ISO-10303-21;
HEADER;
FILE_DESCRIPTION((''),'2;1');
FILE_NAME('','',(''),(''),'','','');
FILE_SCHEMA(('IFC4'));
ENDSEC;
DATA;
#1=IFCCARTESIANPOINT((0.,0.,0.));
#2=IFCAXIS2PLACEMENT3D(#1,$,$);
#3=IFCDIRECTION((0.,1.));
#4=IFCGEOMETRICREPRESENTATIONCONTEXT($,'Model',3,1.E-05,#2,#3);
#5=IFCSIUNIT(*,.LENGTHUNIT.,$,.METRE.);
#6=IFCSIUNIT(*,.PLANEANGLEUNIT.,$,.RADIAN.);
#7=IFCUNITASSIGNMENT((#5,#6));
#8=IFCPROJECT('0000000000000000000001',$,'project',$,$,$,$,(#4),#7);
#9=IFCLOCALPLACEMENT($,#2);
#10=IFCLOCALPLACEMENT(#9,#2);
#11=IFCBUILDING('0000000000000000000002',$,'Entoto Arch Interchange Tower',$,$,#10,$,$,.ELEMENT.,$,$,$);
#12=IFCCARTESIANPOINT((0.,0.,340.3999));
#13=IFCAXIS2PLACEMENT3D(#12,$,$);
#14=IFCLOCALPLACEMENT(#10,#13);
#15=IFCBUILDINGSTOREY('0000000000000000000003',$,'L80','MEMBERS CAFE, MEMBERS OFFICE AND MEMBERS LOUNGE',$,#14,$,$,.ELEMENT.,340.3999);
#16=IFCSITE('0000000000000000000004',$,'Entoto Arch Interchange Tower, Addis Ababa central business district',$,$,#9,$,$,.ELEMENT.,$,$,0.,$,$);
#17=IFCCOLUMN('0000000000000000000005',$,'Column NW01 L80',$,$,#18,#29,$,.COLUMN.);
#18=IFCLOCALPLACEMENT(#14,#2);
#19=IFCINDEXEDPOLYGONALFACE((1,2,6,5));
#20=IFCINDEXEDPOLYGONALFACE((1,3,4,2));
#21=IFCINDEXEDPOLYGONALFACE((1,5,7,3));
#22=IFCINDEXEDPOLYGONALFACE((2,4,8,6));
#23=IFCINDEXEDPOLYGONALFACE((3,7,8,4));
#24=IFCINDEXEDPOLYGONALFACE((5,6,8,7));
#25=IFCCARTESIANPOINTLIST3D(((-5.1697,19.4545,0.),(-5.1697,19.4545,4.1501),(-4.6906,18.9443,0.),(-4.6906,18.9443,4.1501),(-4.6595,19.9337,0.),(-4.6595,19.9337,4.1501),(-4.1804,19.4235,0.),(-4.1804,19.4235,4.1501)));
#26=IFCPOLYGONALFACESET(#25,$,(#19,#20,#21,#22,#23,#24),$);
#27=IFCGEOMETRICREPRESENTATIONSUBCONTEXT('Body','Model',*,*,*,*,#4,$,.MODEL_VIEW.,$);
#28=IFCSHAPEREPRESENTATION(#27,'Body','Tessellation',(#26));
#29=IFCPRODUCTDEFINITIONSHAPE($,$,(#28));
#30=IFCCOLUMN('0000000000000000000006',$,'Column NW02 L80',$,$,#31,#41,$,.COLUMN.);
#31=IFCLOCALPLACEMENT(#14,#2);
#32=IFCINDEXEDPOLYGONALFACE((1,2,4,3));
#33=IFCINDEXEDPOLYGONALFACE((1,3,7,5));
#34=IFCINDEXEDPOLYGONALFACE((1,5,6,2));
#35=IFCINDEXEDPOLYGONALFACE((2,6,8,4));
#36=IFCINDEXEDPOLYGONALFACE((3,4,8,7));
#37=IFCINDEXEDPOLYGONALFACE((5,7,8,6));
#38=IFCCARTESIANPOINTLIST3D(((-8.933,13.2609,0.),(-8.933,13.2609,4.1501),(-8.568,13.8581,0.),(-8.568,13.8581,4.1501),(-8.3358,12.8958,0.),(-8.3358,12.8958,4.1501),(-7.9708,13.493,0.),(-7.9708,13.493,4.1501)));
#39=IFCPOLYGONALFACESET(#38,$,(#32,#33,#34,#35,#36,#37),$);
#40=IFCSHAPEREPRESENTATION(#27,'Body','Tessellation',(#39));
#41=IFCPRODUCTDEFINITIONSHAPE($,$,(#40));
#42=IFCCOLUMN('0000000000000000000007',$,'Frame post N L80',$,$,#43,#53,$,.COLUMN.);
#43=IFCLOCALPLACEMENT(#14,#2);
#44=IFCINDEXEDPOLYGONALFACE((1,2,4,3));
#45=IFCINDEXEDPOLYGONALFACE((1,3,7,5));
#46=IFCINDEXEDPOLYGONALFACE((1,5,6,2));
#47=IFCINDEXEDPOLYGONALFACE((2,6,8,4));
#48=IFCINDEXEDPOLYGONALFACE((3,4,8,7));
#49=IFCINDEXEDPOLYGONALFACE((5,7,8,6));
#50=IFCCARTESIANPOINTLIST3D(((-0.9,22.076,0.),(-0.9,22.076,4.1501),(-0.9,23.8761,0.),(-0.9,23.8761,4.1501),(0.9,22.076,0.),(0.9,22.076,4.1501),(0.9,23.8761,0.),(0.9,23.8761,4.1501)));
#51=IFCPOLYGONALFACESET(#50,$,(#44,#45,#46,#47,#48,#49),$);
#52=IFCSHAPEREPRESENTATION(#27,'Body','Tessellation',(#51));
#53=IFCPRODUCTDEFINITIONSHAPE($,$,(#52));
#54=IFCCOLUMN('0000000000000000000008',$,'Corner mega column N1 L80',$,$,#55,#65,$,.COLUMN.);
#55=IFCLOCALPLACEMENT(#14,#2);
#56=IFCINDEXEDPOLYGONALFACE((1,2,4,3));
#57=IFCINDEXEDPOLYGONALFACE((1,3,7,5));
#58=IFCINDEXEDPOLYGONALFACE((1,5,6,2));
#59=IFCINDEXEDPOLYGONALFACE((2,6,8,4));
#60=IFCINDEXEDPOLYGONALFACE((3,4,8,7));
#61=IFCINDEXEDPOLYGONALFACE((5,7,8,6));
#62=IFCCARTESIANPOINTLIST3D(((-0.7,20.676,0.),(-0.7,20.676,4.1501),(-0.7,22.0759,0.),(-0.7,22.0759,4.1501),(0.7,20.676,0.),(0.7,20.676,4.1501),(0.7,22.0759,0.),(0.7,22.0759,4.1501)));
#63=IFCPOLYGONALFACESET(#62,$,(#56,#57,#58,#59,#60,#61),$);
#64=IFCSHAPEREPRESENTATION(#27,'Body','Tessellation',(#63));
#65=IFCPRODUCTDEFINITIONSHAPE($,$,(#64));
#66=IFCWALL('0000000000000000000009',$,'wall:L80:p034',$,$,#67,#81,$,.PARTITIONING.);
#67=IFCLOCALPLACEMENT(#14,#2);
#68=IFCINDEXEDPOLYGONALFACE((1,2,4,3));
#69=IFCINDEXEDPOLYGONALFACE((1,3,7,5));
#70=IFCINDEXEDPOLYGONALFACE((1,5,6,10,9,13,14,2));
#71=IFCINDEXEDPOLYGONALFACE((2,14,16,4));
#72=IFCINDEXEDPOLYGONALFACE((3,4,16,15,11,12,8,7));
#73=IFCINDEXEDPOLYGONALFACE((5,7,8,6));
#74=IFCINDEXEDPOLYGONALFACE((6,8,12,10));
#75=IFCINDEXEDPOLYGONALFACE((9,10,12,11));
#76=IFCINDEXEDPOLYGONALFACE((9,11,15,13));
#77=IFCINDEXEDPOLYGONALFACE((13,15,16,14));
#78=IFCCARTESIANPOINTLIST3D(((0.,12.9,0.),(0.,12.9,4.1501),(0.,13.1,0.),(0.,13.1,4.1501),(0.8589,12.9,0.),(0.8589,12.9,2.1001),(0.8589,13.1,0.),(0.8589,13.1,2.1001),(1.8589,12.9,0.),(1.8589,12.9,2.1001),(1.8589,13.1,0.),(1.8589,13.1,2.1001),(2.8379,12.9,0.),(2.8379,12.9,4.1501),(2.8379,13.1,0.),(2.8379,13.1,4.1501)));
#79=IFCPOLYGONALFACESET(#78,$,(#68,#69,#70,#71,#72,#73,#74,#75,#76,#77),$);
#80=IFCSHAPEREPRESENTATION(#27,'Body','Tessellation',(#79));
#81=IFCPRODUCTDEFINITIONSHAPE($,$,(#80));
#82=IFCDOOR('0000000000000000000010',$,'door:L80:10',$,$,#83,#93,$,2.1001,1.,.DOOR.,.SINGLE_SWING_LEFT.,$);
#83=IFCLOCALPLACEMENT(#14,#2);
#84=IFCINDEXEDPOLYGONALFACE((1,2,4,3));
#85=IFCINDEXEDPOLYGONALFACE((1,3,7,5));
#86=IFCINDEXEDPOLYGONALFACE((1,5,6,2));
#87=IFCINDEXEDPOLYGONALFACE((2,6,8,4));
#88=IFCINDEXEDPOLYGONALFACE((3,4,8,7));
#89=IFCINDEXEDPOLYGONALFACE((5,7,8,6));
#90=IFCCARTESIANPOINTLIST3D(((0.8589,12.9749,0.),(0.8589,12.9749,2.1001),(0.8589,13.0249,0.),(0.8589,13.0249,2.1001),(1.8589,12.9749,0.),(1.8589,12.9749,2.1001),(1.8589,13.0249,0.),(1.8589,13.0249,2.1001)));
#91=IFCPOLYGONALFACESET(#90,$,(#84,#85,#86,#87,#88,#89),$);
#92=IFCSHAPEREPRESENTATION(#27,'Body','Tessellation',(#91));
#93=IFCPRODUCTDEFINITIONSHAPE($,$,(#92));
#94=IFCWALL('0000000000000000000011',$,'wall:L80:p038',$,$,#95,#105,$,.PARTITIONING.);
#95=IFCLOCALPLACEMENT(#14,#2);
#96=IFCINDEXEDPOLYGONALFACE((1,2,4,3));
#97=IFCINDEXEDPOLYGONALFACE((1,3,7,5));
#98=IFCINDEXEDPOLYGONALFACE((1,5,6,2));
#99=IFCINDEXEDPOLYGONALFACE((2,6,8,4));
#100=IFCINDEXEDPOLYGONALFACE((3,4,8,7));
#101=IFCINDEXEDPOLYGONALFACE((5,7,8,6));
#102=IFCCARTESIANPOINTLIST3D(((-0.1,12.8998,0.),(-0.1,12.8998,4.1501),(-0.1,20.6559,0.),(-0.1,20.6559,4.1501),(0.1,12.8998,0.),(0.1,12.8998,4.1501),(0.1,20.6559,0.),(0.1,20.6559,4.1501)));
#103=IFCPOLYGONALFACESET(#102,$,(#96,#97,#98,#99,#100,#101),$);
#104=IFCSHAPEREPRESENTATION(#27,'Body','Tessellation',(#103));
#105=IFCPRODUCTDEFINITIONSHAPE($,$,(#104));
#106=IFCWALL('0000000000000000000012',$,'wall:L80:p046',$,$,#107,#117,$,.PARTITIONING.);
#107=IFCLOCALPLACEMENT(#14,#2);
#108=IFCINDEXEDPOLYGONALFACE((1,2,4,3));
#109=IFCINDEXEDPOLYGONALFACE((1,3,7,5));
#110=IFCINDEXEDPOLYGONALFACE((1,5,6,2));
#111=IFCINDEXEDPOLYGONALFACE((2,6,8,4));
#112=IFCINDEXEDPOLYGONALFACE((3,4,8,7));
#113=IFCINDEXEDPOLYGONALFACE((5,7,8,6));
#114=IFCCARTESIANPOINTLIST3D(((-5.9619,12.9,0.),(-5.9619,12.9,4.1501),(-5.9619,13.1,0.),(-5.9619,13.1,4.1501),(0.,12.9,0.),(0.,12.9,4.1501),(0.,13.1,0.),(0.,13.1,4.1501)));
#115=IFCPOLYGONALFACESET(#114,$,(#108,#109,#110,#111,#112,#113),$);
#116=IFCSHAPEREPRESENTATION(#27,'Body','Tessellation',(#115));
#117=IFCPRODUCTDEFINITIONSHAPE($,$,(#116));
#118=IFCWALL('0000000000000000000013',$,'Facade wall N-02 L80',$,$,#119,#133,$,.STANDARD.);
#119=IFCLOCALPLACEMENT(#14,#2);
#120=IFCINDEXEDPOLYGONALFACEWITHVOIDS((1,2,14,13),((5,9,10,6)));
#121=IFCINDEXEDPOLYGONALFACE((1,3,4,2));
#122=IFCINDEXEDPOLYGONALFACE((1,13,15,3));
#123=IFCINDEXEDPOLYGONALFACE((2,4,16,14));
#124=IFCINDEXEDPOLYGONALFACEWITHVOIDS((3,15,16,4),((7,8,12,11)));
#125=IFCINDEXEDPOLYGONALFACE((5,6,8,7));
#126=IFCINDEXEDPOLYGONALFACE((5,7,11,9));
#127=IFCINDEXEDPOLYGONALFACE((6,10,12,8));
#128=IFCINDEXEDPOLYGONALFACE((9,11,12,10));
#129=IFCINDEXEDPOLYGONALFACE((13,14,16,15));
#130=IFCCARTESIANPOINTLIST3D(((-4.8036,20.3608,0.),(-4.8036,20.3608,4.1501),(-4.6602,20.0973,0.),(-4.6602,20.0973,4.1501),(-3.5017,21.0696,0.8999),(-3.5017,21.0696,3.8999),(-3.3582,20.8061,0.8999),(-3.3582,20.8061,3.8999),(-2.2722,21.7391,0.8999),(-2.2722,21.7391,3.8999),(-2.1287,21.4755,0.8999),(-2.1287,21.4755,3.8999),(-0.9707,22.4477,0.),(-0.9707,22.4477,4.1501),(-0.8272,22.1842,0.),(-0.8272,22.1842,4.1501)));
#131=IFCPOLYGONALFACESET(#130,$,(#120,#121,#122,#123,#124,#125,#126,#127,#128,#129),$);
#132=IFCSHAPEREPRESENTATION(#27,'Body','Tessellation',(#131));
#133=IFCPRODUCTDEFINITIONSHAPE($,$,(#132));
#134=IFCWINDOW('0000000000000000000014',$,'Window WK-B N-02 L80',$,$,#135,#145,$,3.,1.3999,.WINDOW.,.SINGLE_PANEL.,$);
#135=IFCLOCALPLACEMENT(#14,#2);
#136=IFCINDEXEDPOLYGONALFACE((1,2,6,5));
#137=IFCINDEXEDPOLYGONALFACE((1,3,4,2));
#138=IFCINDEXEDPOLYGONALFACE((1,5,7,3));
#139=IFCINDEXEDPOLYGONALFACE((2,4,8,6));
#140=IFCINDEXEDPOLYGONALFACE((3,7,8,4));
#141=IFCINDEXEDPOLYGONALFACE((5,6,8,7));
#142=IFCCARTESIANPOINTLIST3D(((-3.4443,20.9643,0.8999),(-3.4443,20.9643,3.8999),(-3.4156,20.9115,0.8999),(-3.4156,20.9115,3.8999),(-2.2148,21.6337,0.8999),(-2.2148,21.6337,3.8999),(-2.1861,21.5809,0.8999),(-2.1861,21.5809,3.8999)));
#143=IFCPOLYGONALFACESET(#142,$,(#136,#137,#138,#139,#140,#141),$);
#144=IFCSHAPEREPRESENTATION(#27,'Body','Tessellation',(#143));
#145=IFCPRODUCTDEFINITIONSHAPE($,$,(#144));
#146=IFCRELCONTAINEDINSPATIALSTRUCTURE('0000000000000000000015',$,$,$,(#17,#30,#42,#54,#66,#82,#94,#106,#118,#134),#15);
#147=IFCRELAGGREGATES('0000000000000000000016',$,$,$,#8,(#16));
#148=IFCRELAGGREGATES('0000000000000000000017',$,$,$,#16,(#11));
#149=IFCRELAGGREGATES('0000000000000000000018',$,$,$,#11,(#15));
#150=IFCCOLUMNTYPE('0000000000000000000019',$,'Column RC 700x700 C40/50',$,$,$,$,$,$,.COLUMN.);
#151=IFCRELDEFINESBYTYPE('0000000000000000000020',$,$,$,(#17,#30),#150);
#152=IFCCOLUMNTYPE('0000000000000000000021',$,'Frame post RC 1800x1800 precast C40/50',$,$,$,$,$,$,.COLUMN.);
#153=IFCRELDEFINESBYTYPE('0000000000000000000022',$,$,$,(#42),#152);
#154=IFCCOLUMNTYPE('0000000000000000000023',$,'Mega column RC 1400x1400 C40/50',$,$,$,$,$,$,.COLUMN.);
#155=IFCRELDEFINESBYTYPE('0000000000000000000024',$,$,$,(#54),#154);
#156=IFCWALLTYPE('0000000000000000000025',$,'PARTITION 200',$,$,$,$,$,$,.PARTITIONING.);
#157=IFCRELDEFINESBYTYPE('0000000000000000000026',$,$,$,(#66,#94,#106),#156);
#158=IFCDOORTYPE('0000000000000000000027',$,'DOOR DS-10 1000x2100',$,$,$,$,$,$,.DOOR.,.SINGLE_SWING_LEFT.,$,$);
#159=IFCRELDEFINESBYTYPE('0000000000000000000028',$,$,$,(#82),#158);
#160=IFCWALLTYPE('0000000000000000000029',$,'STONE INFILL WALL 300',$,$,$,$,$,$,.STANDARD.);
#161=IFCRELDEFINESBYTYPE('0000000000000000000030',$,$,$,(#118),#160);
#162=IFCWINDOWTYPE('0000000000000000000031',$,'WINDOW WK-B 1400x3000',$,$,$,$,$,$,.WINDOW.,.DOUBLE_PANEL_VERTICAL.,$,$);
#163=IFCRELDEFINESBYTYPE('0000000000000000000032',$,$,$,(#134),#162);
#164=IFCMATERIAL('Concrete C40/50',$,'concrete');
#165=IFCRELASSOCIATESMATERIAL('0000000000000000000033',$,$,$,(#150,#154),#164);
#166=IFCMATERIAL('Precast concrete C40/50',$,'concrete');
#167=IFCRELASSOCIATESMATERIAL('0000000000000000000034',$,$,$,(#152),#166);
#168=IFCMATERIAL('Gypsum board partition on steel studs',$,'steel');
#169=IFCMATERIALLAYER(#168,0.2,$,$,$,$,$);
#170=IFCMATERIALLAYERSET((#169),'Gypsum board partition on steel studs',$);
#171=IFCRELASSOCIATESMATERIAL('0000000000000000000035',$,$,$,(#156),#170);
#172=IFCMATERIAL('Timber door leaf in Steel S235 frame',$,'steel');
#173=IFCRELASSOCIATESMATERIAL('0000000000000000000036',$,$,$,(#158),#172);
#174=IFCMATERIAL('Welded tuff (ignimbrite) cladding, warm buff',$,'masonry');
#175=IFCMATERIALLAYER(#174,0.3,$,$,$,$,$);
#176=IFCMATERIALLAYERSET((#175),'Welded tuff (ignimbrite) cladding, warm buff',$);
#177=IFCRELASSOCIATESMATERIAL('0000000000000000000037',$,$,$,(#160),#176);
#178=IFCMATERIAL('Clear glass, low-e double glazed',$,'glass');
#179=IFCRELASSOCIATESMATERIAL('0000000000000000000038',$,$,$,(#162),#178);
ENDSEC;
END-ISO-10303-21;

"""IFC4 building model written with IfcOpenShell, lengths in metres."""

from ifc_helpers import new_model, si_unit, direction, frame, frame_2d, origin, origin_2d, place, context, subcontext, project, spatial, rectangle, extrude, material, layer, layer_set, material_profile, profile_set, type_object, element, fill, save


model = new_model("IFC4")

# Units and contexts
model_context = context("Model", 3, precision=1e-05, world=origin(), true_north=direction((0.0, 1.0)))
body_context = subcontext(model_context, "Body", "Model", "MODEL_VIEW")
ifc_project = project(units=[si_unit("LENGTHUNIT", "METRE"), si_unit("PLANEANGLEUNIT", "RADIAN")], contexts=[model_context])

# Site, building, storey
site_placement = place(None, origin())
site = spatial("IfcSite", under=ifc_project, at=site_placement, Name="Entoto Arch Interchange Tower, Addis Ababa central business district", CompositionType="ELEMENT", RefElevation=0.0)
building_placement = place(site_placement, origin())
building = spatial("IfcBuilding", under=site, at=building_placement, Name="Entoto Arch Interchange Tower", CompositionType="ELEMENT")
storey_placement = place(building_placement, frame((0.0, 0.0, 340.3999)))
storey = spatial("IfcBuildingStorey", under=building, at=storey_placement, Name="L80", Description="MEMBERS CAFE, MEMBERS OFFICE AND MEMBERS LOUNGE", CompositionType="ELEMENT", Elevation=340.3999)

# Columns
ifc_material_1 = material(Name="Concrete C40/50", Category="concrete")
ifc_material_profile_1 = material_profile(ifc_material_1, rectangle(XDim=0.7, YDim=0.7, at=origin_2d()))
ifc_profile_set_1 = profile_set([ifc_material_profile_1], Name="Concrete C40/50")
column_type_1 = type_object("IfcColumnType", Name="Column RC 700x700 C40/50", PredefinedType="COLUMN", material=ifc_profile_set_1)
for number, where, z_axis, x_axis, name in (
    (1, (-4.675, 19.439, 0.0), (0.0, 0.0, 1.0), (0.728909, 0.684611, 0.0), "Column NW01 L80"),
    (2, (-8.4519, 13.377, 0.0), (0.0, 0.0, 1.0), (0.521546, 0.853223, 0.0), "Column NW02 L80"),
):
    element("IfcColumn", number, at=place(storey_placement, frame(where, z_axis=z_axis, x_axis=x_axis)), inside=storey, type_object=column_type_1, Name=name, PredefinedType="COLUMN", context=body_context, shape_type="SweptSolid", body=[
        extrude(rectangle(XDim=0.7, YDim=0.7, at=origin_2d()), origin(), (0.0, 0.0, 1.0), 4.1501),
    ])
ifc_material_2 = material(Name="Precast concrete C40/50", Category="concrete")
ifc_material_profile_2 = material_profile(ifc_material_2, rectangle(XDim=1.8, YDim=1.8, at=origin_2d()))
ifc_profile_set_2 = profile_set([ifc_material_profile_2], Name="Precast concrete C40/50")
column_type_2 = type_object("IfcColumnType", Name="Frame post RC 1800x1800 precast C40/50", PredefinedType="COLUMN", material=ifc_profile_set_2)
column_1_placement = place(storey_placement, frame((0.0, 22.9761, 0.0), z_axis=(0.0, 0.0, 1.0), x_axis=(0.0, 1.0, 0.0)))
element("IfcColumn", 3, at=column_1_placement, inside=storey, type_object=column_type_2, Name="Frame post N L80", PredefinedType="COLUMN", context=body_context, shape_type="SweptSolid", body=[
    extrude(rectangle(XDim=1.8, YDim=1.8, at=origin_2d()), origin(), (0.0, 0.0, 1.0), 4.1501),
])
ifc_material_profile_3 = material_profile(ifc_material_1, rectangle(XDim=1.3999, YDim=1.3999, at=origin_2d()))
ifc_profile_set_3 = profile_set([ifc_material_profile_3], Name="Concrete C40/50")
column_type_3 = type_object("IfcColumnType", Name="Mega column RC 1400x1400 C40/50", PredefinedType="COLUMN", material=ifc_profile_set_3)
column_2_placement = place(storey_placement, frame((0.0, 21.376, 0.0), z_axis=(0.0, 0.0, 1.0), x_axis=(0.0, 1.0, 0.0)))
element("IfcColumn", 4, at=column_2_placement, inside=storey, type_object=column_type_3, Name="Corner mega column N1 L80", PredefinedType="COLUMN", context=body_context, shape_type="SweptSolid", body=[
    extrude(rectangle(XDim=1.3999, YDim=1.3999, at=origin_2d()), origin(), (0.0, 0.0, 1.0), 4.1501),
])

# Wall, opening, door
ifc_material_3 = material(Name="Gypsum board partition on steel studs", Category="steel")
ifc_layer_1 = layer(ifc_material_3, 0.2)
ifc_layer_set_1 = layer_set([ifc_layer_1], Name="Gypsum board partition on steel studs")
wall_type_1 = type_object("IfcWallType", Name="PARTITION 200", PredefinedType="PARTITIONING", material=ifc_layer_set_1)
wall_1_placement = place(storey_placement, frame((0.0, 13.0, 0.0), z_axis=(0.0, 0.0, 1.0), x_axis=(1.0, 0.0, 0.0)))
wall_1 = element("IfcWall", 5, at=wall_1_placement, inside=storey, type_object=wall_type_1, Name="wall:L80:p034", PredefinedType="PARTITIONING", context=body_context, shape_type="SweptSolid", body=[
    extrude(rectangle(XDim=2.8379, YDim=0.2, at=frame_2d((1.4189, 0.0))), origin(), (0.0, 0.0, 1.0), 4.1501),
])
opening_1_placement = place(wall_1_placement, frame((0.8589, 0.0, 0.0)))
opening_1 = element("IfcOpeningElement", 6, at=opening_1_placement, cuts=wall_1, PredefinedType="OPENING", context=body_context, shape_type="SweptSolid", body=[
    extrude(rectangle(XDim=1.0, YDim=2.1001, at=frame_2d((0.5, 1.05))), frame((0.0, 0.1099, 0.0), z_axis=(0.0, -1.0, 0.0), x_axis=(1.0, 0.0, 0.0)), (0.0, 0.0, 1.0), 0.22),
])
ifc_material_4 = material(Name="Timber door leaf in Steel S235 frame", Category="steel")
door_type_1 = type_object("IfcDoorType", Name="DOOR DS-10 1000x2100", OperationType="SINGLE_SWING_LEFT", PredefinedType="DOOR", material=ifc_material_4)
door_1_placement = place(opening_1_placement, origin())
door_1 = element("IfcDoor", 7, at=door_1_placement, inside=storey, type_object=door_type_1, Name="door:L80:10", OperationType="SINGLE_SWING_LEFT", OverallHeight=2.1001, OverallWidth=1.0, PredefinedType="DOOR", context=body_context, shape_type="SweptSolid", body=[
    extrude(rectangle(XDim=1.0, YDim=2.1001, at=frame_2d((0.5, 1.05))), frame((0.0, 0.0249, 0.0), z_axis=(0.0, -1.0, 0.0), x_axis=(1.0, 0.0, 0.0)), (0.0, 0.0, 1.0), 0.05),
])
fill(opening_1, door_1)

# Walls
wall_2_placement = place(storey_placement, frame((0.0, 12.8999, 0.0), z_axis=(0.0, 0.0, 1.0), x_axis=(0.0, 1.0, 0.0)))
element("IfcWall", 8, at=wall_2_placement, inside=storey, type_object=wall_type_1, Name="wall:L80:p038", PredefinedType="PARTITIONING", context=body_context, shape_type="SweptSolid", body=[
    extrude(rectangle(XDim=7.7561, YDim=0.2, at=frame_2d((3.8779, 0.0))), origin(), (0.0, 0.0, 1.0), 4.1501),
])
wall_3_placement = place(storey_placement, frame((-5.9619, 13.0, 0.0), z_axis=(0.0, 0.0, 1.0), x_axis=(1.0, 0.0, 0.0)))
element("IfcWall", 9, at=wall_3_placement, inside=storey, type_object=wall_type_1, Name="wall:L80:p046", PredefinedType="PARTITIONING", context=body_context, shape_type="SweptSolid", body=[
    extrude(rectangle(XDim=5.9619, YDim=0.2, at=frame_2d((2.981, 0.0))), origin(), (0.0, 0.0, 1.0), 4.1501),
])

# Wall, opening, window
ifc_material_5 = material(Name="Welded tuff (ignimbrite) cladding, warm buff", Category="masonry")
ifc_layer_2 = layer(ifc_material_5, 0.3)
ifc_layer_set_2 = layer_set([ifc_layer_2], Name="Welded tuff (ignimbrite) cladding, warm buff")
wall_type_2 = type_object("IfcWallType", Name="STONE INFILL WALL 300", PredefinedType="STANDARD", material=ifc_layer_set_2)
wall_4_placement = place(storey_placement, frame((-0.8989, 22.3159, 0.0), z_axis=(0.0, 0.0, 1.0), x_axis=(-0.878263, -0.478178, 0.0)))
wall_4 = element("IfcWall", 10, at=wall_4_placement, inside=storey, type_object=wall_type_2, Name="Facade wall N-02 L80", PredefinedType="STANDARD", context=body_context, shape_type="SweptSolid", body=[
    extrude(rectangle(XDim=4.3643, YDim=0.3, at=frame_2d((2.1821, 0.0))), origin(), (0.0, 0.0, 1.0), 4.1501),
])
opening_2_placement = place(wall_4_placement, frame((1.4819, 0.0, 0.8999)))
opening_2 = element("IfcOpeningElement", 11, at=opening_2_placement, cuts=wall_4, PredefinedType="OPENING", context=body_context, shape_type="SweptSolid", body=[
    extrude(rectangle(XDim=1.3999, YDim=3.0, at=frame_2d((0.7, 1.5))), frame((0.0, 0.1602, 0.0), z_axis=(0.0, -1.0, 0.0), x_axis=(1.0, 0.0, 0.0)), (0.0, 0.0, 1.0), 0.3201),
])
ifc_material_6 = material(Name="Clear glass, low-e double glazed", Category="glass")
window_type_1 = type_object("IfcWindowType", Name="WINDOW WK-B 1400x3000", PartitioningType="DOUBLE_PANEL_VERTICAL", PredefinedType="WINDOW", material=ifc_material_6)
window_1_placement = place(opening_2_placement, origin())
window_1 = element("IfcWindow", 12, at=window_1_placement, inside=storey, type_object=window_type_1, Name="Window WK-B N-02 L80", OverallHeight=3.0, OverallWidth=1.3999, PartitioningType="SINGLE_PANEL", PredefinedType="WINDOW", context=body_context, shape_type="SweptSolid", body=[
    extrude(rectangle(XDim=1.3999, YDim=3.0, at=frame_2d((0.7, 1.5))), frame((0.0, 0.03, 0.0), z_axis=(0.0, -1.0, 0.0), x_axis=(1.0, 0.0, 0.0)), (0.0, 0.0, 1.0), 0.0601),
])
fill(opening_2, window_1)

save(model, "model.ifc")
